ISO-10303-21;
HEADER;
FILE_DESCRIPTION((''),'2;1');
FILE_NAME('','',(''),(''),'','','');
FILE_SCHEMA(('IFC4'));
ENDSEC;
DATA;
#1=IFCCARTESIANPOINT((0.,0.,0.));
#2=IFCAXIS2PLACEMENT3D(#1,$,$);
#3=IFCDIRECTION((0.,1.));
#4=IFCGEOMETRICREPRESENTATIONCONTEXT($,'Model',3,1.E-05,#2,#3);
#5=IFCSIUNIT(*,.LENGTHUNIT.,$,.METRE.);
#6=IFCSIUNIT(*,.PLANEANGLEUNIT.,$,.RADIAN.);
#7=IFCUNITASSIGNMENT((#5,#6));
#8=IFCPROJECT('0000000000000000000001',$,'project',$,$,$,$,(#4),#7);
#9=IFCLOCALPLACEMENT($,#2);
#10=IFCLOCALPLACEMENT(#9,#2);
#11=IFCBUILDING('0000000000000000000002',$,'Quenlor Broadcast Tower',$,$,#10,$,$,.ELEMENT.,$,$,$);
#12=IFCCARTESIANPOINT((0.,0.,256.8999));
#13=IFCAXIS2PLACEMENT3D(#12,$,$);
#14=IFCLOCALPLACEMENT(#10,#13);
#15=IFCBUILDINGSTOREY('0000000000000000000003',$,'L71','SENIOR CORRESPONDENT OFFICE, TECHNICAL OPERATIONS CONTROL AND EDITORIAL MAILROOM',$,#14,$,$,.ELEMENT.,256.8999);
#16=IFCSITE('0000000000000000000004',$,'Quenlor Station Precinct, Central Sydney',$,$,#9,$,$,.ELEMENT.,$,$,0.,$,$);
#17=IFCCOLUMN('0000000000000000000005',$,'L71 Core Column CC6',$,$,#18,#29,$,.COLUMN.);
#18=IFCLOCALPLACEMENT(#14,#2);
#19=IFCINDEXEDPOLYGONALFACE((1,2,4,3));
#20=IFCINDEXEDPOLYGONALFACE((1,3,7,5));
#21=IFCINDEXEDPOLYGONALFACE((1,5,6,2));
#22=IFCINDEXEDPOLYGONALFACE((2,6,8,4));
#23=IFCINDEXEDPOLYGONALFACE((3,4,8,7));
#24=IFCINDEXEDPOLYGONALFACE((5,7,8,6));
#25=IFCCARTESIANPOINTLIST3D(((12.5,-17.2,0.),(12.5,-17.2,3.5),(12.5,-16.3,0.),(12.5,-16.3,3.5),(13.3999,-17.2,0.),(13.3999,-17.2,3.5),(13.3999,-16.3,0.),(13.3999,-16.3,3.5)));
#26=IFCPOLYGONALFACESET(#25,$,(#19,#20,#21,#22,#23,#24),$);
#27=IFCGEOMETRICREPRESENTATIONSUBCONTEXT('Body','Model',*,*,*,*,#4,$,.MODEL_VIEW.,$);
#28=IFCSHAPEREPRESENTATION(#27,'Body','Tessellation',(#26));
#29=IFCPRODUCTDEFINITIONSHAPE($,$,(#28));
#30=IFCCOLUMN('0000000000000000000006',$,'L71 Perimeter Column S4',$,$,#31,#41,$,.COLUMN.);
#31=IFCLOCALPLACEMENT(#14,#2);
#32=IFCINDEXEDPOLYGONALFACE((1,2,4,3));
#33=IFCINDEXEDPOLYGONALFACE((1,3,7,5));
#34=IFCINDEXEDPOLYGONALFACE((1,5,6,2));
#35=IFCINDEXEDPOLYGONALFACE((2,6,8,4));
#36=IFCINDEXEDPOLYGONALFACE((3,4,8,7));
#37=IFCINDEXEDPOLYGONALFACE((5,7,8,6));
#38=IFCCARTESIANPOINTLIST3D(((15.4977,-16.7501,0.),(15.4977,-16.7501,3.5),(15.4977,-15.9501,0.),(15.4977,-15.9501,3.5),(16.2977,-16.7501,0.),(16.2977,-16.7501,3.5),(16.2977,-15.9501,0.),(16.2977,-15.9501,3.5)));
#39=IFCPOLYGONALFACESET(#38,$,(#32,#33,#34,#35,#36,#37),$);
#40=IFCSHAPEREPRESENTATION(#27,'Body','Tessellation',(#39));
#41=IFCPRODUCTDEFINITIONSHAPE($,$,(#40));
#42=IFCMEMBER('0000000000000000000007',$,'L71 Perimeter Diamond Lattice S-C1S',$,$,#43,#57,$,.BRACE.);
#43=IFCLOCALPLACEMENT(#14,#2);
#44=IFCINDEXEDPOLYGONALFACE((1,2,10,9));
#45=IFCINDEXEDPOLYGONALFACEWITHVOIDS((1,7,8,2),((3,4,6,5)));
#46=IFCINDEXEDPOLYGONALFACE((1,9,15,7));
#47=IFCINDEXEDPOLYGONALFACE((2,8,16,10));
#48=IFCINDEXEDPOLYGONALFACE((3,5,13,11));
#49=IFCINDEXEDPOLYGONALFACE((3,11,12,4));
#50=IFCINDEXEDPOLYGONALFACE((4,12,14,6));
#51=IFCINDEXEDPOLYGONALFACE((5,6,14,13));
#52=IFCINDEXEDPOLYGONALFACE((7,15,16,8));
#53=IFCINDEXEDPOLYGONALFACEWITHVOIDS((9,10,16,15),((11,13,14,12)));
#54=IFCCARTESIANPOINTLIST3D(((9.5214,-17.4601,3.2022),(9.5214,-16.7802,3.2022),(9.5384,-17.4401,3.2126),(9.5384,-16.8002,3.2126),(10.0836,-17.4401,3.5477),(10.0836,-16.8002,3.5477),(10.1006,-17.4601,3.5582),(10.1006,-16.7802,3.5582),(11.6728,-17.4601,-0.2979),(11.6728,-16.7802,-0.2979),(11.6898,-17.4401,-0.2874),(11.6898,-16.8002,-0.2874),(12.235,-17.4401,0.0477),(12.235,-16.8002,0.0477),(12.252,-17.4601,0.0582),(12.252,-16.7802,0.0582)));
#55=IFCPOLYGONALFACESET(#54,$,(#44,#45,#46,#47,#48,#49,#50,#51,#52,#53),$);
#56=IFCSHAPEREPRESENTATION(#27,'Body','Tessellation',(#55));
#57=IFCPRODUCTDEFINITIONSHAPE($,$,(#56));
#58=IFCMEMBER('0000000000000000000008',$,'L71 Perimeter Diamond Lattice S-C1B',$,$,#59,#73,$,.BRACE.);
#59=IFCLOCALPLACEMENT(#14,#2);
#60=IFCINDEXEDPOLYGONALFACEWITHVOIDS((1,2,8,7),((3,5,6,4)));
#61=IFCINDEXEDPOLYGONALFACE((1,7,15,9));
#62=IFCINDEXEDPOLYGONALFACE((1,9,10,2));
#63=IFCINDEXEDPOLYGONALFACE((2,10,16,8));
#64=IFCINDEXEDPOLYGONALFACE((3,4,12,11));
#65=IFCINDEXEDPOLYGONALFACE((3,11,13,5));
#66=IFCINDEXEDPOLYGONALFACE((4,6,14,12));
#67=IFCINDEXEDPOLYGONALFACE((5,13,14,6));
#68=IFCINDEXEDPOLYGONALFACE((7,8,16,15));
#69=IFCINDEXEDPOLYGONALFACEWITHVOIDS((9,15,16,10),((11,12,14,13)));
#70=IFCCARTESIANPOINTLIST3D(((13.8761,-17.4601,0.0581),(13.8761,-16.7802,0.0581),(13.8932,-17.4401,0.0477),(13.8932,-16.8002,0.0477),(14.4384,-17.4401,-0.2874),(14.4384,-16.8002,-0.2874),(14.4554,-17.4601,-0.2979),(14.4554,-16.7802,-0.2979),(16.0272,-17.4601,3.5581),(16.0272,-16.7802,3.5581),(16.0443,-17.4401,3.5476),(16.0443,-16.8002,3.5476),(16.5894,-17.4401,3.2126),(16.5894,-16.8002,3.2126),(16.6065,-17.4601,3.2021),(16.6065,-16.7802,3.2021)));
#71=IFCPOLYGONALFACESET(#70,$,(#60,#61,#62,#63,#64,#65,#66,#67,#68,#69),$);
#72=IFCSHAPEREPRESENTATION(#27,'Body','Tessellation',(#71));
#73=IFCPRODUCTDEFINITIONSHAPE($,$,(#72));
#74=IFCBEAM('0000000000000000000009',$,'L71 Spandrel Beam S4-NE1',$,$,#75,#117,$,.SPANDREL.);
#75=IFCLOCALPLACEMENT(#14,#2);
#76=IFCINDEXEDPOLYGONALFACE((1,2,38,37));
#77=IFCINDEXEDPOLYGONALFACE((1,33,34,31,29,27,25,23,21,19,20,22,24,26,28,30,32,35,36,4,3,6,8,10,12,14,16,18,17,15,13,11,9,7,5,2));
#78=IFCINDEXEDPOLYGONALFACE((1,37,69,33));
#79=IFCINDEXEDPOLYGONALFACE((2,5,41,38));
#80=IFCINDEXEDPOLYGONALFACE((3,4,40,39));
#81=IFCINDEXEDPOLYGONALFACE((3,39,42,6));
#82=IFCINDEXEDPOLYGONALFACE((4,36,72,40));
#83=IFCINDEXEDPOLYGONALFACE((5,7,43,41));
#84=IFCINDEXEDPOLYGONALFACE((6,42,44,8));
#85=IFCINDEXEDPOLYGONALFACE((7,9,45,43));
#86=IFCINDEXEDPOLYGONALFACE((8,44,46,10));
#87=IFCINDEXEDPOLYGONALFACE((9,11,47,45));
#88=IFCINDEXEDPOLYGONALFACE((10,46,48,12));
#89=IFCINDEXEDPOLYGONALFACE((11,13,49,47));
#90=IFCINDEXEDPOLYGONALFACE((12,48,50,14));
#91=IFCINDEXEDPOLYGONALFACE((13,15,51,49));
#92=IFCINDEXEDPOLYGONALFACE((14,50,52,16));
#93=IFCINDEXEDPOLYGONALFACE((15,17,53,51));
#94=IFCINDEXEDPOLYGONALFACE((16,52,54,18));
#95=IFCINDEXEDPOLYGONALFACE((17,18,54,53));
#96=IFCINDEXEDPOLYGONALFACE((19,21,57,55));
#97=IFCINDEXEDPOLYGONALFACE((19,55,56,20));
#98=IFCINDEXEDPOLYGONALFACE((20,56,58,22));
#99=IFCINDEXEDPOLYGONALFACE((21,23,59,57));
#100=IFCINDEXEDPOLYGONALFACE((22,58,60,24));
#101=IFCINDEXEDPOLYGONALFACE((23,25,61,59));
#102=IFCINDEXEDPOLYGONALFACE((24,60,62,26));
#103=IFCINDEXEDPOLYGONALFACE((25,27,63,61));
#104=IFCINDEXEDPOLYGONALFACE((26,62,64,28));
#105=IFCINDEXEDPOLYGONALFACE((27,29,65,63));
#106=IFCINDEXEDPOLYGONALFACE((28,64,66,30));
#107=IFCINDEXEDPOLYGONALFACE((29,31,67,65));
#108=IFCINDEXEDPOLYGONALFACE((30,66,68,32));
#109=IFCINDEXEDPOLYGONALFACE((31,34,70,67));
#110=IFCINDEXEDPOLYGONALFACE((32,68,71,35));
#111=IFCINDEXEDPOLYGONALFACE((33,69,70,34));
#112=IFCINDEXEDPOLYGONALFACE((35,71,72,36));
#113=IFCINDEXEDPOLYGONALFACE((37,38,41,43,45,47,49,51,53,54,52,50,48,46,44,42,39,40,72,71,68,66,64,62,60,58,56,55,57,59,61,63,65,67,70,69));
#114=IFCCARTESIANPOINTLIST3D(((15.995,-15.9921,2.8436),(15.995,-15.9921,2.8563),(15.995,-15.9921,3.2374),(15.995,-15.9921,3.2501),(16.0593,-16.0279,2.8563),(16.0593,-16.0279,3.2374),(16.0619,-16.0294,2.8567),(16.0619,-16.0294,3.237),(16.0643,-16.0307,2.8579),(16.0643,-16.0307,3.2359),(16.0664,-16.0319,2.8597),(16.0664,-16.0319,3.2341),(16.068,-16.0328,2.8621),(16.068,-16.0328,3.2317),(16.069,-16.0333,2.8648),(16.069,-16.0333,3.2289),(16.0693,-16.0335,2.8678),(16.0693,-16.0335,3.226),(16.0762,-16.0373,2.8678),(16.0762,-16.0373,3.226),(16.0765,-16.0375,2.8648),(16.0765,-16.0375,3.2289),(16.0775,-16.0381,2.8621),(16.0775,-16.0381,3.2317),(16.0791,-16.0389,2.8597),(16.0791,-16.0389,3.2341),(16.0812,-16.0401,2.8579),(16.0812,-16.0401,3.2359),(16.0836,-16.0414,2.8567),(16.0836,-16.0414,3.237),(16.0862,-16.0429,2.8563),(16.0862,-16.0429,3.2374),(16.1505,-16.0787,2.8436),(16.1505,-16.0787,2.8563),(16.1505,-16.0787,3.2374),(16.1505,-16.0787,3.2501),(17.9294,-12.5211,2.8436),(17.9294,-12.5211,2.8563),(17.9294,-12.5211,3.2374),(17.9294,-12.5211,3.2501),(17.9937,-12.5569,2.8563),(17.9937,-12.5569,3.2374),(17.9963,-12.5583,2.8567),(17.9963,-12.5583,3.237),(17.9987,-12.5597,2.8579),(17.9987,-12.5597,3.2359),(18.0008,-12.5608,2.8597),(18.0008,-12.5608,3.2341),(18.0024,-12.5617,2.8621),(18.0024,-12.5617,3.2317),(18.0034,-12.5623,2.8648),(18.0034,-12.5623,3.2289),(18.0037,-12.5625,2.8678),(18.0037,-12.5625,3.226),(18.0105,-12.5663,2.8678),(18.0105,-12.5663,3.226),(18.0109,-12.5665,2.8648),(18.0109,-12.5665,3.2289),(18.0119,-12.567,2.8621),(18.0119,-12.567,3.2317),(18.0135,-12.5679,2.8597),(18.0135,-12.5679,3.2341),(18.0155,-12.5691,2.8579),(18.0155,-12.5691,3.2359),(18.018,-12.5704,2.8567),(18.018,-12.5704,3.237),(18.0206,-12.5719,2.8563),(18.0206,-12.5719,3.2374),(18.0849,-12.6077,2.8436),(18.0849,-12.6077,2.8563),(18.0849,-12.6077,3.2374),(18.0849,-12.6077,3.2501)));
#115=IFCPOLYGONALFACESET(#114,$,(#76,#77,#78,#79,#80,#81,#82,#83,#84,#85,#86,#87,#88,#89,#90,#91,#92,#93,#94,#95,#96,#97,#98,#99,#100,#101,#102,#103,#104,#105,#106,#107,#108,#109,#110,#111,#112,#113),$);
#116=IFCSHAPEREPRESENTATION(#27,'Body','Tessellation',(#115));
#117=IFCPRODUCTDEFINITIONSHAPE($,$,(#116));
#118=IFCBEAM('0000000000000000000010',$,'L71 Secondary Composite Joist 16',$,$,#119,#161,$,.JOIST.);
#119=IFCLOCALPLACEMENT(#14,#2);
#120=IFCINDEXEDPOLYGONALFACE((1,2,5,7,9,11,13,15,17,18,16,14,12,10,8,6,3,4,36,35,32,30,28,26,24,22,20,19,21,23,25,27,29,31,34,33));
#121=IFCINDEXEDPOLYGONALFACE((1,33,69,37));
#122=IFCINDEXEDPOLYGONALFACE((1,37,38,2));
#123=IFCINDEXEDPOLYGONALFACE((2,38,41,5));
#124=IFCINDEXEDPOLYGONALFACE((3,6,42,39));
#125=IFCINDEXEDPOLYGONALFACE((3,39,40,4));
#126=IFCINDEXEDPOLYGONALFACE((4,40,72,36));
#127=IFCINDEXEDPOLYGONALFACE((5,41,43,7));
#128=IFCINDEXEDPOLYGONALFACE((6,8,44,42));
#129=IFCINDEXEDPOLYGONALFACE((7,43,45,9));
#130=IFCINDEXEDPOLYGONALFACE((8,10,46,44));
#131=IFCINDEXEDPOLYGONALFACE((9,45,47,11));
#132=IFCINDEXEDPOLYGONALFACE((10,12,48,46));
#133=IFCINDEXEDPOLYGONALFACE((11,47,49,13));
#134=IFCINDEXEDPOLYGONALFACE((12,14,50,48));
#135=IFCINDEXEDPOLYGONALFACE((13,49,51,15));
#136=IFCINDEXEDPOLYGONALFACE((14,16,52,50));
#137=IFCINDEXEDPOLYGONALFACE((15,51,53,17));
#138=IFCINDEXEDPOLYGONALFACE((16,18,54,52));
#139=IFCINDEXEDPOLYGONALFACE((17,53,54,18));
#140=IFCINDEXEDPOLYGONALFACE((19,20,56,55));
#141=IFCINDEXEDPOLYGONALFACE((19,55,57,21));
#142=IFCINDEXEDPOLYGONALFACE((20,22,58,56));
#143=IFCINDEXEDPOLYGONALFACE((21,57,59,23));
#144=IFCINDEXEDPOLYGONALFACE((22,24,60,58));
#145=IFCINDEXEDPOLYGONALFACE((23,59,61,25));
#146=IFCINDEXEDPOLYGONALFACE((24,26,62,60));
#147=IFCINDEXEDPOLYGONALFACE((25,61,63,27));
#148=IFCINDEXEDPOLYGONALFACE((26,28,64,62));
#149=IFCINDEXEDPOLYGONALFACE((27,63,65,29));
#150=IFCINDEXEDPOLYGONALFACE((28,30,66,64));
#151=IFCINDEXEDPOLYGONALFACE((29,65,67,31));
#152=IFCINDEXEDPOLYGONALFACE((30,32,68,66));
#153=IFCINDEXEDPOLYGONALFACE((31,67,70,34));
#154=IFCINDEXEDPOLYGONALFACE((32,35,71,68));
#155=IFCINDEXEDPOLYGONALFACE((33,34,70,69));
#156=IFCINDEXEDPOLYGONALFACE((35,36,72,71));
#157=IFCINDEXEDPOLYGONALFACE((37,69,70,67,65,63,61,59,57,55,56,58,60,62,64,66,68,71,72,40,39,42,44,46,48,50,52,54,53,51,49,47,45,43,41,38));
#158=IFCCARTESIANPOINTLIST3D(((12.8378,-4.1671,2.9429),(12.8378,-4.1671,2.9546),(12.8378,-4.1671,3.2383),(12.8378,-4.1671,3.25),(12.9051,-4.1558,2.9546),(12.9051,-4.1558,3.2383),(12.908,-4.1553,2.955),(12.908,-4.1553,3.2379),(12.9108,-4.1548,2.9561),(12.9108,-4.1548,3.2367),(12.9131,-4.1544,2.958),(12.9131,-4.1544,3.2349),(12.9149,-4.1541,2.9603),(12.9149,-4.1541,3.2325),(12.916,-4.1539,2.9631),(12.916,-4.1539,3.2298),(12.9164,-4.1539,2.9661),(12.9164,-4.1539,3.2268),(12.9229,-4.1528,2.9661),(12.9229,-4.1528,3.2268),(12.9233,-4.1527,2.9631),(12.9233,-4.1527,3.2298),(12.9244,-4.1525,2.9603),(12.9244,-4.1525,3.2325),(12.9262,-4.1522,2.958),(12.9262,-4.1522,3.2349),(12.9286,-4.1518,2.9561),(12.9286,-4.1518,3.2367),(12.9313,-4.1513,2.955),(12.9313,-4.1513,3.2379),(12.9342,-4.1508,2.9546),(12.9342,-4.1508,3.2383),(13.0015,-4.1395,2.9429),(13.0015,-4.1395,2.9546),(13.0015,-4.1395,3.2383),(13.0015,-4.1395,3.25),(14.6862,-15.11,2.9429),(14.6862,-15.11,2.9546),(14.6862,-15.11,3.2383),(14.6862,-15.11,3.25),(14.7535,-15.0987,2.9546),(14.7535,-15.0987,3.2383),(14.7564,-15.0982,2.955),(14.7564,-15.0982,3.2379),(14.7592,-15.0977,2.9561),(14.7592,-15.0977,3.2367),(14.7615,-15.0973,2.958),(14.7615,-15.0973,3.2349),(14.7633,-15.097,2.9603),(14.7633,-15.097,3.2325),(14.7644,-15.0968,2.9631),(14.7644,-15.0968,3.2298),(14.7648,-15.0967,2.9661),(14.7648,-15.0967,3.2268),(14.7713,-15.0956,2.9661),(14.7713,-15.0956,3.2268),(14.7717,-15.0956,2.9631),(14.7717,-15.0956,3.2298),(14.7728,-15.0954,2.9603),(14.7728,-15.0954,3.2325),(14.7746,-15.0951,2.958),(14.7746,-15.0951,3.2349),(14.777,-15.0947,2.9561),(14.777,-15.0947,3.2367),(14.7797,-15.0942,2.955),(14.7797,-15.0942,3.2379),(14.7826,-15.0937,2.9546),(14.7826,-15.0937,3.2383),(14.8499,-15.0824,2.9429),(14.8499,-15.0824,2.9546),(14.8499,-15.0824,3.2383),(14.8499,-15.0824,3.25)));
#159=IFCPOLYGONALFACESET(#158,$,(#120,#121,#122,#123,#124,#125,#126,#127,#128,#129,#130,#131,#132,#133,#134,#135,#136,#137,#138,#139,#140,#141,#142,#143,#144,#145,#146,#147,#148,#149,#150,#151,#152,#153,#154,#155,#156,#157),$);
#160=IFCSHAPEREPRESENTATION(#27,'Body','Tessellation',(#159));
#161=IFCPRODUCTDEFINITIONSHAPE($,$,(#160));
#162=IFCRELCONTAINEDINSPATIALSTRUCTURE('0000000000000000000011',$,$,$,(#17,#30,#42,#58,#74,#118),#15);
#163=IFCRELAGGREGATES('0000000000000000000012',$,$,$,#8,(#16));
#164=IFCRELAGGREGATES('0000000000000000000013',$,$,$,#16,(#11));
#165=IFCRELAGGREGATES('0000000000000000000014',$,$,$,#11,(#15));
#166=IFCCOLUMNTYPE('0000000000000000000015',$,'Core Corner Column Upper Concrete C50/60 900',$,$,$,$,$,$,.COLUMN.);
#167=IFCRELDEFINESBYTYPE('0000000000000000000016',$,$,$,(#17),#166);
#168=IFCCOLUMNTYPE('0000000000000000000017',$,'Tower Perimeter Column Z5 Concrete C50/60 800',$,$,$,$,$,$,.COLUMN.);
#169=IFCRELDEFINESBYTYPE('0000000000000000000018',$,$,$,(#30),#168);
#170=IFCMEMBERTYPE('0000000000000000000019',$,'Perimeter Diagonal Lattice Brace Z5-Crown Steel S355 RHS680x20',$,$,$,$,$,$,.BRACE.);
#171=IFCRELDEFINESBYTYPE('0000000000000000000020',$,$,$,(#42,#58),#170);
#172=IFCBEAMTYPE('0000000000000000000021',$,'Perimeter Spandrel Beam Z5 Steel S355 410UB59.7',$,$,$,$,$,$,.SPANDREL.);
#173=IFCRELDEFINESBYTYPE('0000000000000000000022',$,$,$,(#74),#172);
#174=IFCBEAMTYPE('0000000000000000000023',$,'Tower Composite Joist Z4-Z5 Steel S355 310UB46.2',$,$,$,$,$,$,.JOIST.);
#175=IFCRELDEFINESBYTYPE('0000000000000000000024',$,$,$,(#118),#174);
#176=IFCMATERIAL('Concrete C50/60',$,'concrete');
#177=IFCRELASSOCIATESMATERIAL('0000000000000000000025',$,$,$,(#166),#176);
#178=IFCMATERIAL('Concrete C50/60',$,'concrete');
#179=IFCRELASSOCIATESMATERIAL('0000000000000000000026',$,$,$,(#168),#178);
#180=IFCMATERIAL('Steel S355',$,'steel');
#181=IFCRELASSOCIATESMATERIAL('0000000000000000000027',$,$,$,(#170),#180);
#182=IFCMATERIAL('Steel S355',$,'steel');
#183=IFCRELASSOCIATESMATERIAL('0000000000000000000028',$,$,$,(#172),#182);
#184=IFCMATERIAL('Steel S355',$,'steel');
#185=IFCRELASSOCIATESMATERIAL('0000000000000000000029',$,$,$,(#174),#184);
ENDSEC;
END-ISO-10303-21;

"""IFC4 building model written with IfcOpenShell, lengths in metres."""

from ifc_helpers import new_model, si_unit, direction, frame, origin, origin_2d, place, context, subcontext, project, spatial, rectangle, hollow_rectangle, i_section, extrude, material, material_profile, profile_set, type_object, element, save


model = new_model("IFC4")

# Units and contexts
model_context = context("Model", 3, precision=1e-05, world=origin(), true_north=direction((0.0, 1.0)))
body_context = subcontext(model_context, "Body", "Model", "MODEL_VIEW")
ifc_project = project(units=[si_unit("LENGTHUNIT", "METRE"), si_unit("PLANEANGLEUNIT", "RADIAN")], contexts=[model_context])

# Site, building, storey
site_placement = place(None, origin())
site = spatial("IfcSite", under=ifc_project, at=site_placement, Name="Quenlor Station Precinct, Central Sydney", CompositionType="ELEMENT", RefElevation=0.0)
building_placement = place(site_placement, origin())
building = spatial("IfcBuilding", under=site, at=building_placement, Name="Quenlor Broadcast Tower", CompositionType="ELEMENT")
storey_placement = place(building_placement, frame((0.0, 0.0, 256.8999)))
storey = spatial("IfcBuildingStorey", under=building, at=storey_placement, Name="L71", Description="SENIOR CORRESPONDENT OFFICE, TECHNICAL OPERATIONS CONTROL AND EDITORIAL MAILROOM", CompositionType="ELEMENT", Elevation=256.8999)

# Columns
ifc_material_1 = material(Name="Concrete C50/60", Category="concrete")
ifc_material_profile_1 = material_profile(ifc_material_1, rectangle(XDim=0.8999, YDim=0.8999, at=origin_2d()))
ifc_profile_set_1 = profile_set([ifc_material_profile_1], Name="Concrete C50/60 RC900x900")
column_type_1 = type_object("IfcColumnType", Name="Core Corner Column Upper Concrete C50/60 900", PredefinedType="COLUMN", material=ifc_profile_set_1)
column_1_placement = place(storey_placement, frame((12.95, -16.75, 0.0), z_axis=(0.0, 0.0, 1.0), x_axis=(1.0, 0.0, 0.0)))
element("IfcColumn", 1, at=column_1_placement, inside=storey, type_object=column_type_1, Name="L71 Core Column CC6", PredefinedType="COLUMN", context=body_context, shape_type="SweptSolid", body=[
    extrude(rectangle(XDim=0.8999, YDim=0.8999, at=origin_2d()), origin(), (0.0, 0.0, 1.0), 3.5),
])
ifc_material_2 = material(Name="Concrete C50/60", Category="concrete")
ifc_material_profile_2 = material_profile(ifc_material_2, rectangle(XDim=0.8, YDim=0.8, at=origin_2d()))
ifc_profile_set_2 = profile_set([ifc_material_profile_2], Name="Concrete C50/60 RC800x800")
column_type_2 = type_object("IfcColumnType", Name="Tower Perimeter Column Z5 Concrete C50/60 800", PredefinedType="COLUMN", material=ifc_profile_set_2)
column_2_placement = place(storey_placement, frame((15.8977, -16.3501, 0.0), z_axis=(0.0, 0.0, 1.0), x_axis=(0.0, 1.0, 0.0)))
element("IfcColumn", 2, at=column_2_placement, inside=storey, type_object=column_type_2, Name="L71 Perimeter Column S4", PredefinedType="COLUMN", context=body_context, shape_type="SweptSolid", body=[
    extrude(rectangle(XDim=0.8, YDim=0.8, at=origin_2d()), origin(), (0.0, 0.0, 1.0), 3.5),
])

# Members
ifc_material_3 = material(Name="Steel S355", Category="steel")
ifc_material_profile_3 = material_profile(ifc_material_3, hollow_rectangle(XDim=0.6799, YDim=0.6799, WallThickness=0.02, at=origin_2d()))
ifc_profile_set_3 = profile_set([ifc_material_profile_3], Name="Steel S355 RHS680x680x20")
member_type = type_object("IfcMemberType", Name="Perimeter Diagonal Lattice Brace Z5-Crown Steel S355 RHS680x20", PredefinedType="BRACE", material=ifc_profile_set_3)
member_1_placement = place(storey_placement, frame((11.9624, -17.1201, -0.1199), z_axis=(-0.52366, 0.0, 0.851928), x_axis=(0.0, -1.0, 0.0)))
element("IfcMember", 3, at=member_1_placement, inside=storey, type_object=member_type, Name="L71 Perimeter Diamond Lattice S-C1S", PredefinedType="BRACE", context=body_context, shape_type="SweptSolid", body=[
    extrude(hollow_rectangle(XDim=0.6799, YDim=0.6799, WallThickness=0.02, at=origin_2d()), origin(), (0.0, 0.0, 1.0), 4.1084),
])
member_2_placement = place(storey_placement, frame((14.1658, -17.1201, -0.1199), z_axis=(0.523617, 0.0, 0.851954), x_axis=(0.0, 1.0, 0.0)))
element("IfcMember", 4, at=member_2_placement, inside=storey, type_object=member_type, Name="L71 Perimeter Diamond Lattice S-C1B", PredefinedType="BRACE", context=body_context, shape_type="SweptSolid", body=[
    extrude(hollow_rectangle(XDim=0.6799, YDim=0.6799, WallThickness=0.02, at=origin_2d()), origin(), (0.0, 0.0, 1.0), 4.1082),
])

# Beams
ifc_material_4 = material(Name="Steel S355", Category="steel")
ifc_material_profile_4 = material_profile(ifc_material_4, i_section(OverallWidth=0.178, OverallDepth=0.4065, WebThickness=0.0078, FlangeThickness=0.0127, FilletRadius=0.0115, at=origin_2d()))
ifc_profile_set_4 = profile_set([ifc_material_profile_4], Name="Steel S355 410UB59.7")
beam_type_1 = type_object("IfcBeamType", Name="Perimeter Spandrel Beam Z5 Steel S355 410UB59.7", PredefinedType="SPANDREL", material=ifc_profile_set_4)
beam_1_placement = place(storey_placement, frame((16.0728, -16.0354, 3.0469), z_axis=(0.486801, 0.873513, 0.0), x_axis=(-0.873513, 0.486801, 0.0)))
element("IfcBeam", 5, at=beam_1_placement, inside=storey, type_object=beam_type_1, Name="L71 Spandrel Beam S4-NE1", PredefinedType="SPANDREL", context=body_context, shape_type="SweptSolid", body=[
    extrude(i_section(OverallWidth=0.178, OverallDepth=0.4065, WebThickness=0.0078, FlangeThickness=0.0127, FilletRadius=0.0115, at=origin_2d()), origin(), (0.0, 0.0, 1.0), 3.9736),
])
ifc_material_5 = material(Name="Steel S355", Category="steel")
ifc_material_profile_5 = material_profile(ifc_material_5, i_section(OverallWidth=0.166, OverallDepth=0.3071, WebThickness=0.0066, FlangeThickness=0.0117, FilletRadius=0.0115, at=origin_2d()))
ifc_profile_set_5 = profile_set([ifc_material_profile_5], Name="Steel S355 310UB46.2")
beam_type_2 = type_object("IfcBeamType", Name="Tower Composite Joist Z4-Z5 Steel S355 310UB46.2", PredefinedType="JOIST", material=ifc_profile_set_5)
beam_2_placement = place(storey_placement, frame((14.7681, -15.0962, 3.0964), z_axis=(-0.166553, 0.986032, 0.0), x_axis=(-0.986032, -0.166553, 0.0)))
element("IfcBeam", 6, at=beam_2_placement, inside=storey, type_object=beam_type_2, Name="L71 Secondary Composite Joist 16", PredefinedType="JOIST", context=body_context, shape_type="SweptSolid", body=[
    extrude(i_section(OverallWidth=0.166, OverallDepth=0.3071, WebThickness=0.0066, FlangeThickness=0.0117, FilletRadius=0.0115, at=origin_2d()), origin(), (0.0, 0.0, 1.0), 11.0979),
])

save(model, "model.ifc")
